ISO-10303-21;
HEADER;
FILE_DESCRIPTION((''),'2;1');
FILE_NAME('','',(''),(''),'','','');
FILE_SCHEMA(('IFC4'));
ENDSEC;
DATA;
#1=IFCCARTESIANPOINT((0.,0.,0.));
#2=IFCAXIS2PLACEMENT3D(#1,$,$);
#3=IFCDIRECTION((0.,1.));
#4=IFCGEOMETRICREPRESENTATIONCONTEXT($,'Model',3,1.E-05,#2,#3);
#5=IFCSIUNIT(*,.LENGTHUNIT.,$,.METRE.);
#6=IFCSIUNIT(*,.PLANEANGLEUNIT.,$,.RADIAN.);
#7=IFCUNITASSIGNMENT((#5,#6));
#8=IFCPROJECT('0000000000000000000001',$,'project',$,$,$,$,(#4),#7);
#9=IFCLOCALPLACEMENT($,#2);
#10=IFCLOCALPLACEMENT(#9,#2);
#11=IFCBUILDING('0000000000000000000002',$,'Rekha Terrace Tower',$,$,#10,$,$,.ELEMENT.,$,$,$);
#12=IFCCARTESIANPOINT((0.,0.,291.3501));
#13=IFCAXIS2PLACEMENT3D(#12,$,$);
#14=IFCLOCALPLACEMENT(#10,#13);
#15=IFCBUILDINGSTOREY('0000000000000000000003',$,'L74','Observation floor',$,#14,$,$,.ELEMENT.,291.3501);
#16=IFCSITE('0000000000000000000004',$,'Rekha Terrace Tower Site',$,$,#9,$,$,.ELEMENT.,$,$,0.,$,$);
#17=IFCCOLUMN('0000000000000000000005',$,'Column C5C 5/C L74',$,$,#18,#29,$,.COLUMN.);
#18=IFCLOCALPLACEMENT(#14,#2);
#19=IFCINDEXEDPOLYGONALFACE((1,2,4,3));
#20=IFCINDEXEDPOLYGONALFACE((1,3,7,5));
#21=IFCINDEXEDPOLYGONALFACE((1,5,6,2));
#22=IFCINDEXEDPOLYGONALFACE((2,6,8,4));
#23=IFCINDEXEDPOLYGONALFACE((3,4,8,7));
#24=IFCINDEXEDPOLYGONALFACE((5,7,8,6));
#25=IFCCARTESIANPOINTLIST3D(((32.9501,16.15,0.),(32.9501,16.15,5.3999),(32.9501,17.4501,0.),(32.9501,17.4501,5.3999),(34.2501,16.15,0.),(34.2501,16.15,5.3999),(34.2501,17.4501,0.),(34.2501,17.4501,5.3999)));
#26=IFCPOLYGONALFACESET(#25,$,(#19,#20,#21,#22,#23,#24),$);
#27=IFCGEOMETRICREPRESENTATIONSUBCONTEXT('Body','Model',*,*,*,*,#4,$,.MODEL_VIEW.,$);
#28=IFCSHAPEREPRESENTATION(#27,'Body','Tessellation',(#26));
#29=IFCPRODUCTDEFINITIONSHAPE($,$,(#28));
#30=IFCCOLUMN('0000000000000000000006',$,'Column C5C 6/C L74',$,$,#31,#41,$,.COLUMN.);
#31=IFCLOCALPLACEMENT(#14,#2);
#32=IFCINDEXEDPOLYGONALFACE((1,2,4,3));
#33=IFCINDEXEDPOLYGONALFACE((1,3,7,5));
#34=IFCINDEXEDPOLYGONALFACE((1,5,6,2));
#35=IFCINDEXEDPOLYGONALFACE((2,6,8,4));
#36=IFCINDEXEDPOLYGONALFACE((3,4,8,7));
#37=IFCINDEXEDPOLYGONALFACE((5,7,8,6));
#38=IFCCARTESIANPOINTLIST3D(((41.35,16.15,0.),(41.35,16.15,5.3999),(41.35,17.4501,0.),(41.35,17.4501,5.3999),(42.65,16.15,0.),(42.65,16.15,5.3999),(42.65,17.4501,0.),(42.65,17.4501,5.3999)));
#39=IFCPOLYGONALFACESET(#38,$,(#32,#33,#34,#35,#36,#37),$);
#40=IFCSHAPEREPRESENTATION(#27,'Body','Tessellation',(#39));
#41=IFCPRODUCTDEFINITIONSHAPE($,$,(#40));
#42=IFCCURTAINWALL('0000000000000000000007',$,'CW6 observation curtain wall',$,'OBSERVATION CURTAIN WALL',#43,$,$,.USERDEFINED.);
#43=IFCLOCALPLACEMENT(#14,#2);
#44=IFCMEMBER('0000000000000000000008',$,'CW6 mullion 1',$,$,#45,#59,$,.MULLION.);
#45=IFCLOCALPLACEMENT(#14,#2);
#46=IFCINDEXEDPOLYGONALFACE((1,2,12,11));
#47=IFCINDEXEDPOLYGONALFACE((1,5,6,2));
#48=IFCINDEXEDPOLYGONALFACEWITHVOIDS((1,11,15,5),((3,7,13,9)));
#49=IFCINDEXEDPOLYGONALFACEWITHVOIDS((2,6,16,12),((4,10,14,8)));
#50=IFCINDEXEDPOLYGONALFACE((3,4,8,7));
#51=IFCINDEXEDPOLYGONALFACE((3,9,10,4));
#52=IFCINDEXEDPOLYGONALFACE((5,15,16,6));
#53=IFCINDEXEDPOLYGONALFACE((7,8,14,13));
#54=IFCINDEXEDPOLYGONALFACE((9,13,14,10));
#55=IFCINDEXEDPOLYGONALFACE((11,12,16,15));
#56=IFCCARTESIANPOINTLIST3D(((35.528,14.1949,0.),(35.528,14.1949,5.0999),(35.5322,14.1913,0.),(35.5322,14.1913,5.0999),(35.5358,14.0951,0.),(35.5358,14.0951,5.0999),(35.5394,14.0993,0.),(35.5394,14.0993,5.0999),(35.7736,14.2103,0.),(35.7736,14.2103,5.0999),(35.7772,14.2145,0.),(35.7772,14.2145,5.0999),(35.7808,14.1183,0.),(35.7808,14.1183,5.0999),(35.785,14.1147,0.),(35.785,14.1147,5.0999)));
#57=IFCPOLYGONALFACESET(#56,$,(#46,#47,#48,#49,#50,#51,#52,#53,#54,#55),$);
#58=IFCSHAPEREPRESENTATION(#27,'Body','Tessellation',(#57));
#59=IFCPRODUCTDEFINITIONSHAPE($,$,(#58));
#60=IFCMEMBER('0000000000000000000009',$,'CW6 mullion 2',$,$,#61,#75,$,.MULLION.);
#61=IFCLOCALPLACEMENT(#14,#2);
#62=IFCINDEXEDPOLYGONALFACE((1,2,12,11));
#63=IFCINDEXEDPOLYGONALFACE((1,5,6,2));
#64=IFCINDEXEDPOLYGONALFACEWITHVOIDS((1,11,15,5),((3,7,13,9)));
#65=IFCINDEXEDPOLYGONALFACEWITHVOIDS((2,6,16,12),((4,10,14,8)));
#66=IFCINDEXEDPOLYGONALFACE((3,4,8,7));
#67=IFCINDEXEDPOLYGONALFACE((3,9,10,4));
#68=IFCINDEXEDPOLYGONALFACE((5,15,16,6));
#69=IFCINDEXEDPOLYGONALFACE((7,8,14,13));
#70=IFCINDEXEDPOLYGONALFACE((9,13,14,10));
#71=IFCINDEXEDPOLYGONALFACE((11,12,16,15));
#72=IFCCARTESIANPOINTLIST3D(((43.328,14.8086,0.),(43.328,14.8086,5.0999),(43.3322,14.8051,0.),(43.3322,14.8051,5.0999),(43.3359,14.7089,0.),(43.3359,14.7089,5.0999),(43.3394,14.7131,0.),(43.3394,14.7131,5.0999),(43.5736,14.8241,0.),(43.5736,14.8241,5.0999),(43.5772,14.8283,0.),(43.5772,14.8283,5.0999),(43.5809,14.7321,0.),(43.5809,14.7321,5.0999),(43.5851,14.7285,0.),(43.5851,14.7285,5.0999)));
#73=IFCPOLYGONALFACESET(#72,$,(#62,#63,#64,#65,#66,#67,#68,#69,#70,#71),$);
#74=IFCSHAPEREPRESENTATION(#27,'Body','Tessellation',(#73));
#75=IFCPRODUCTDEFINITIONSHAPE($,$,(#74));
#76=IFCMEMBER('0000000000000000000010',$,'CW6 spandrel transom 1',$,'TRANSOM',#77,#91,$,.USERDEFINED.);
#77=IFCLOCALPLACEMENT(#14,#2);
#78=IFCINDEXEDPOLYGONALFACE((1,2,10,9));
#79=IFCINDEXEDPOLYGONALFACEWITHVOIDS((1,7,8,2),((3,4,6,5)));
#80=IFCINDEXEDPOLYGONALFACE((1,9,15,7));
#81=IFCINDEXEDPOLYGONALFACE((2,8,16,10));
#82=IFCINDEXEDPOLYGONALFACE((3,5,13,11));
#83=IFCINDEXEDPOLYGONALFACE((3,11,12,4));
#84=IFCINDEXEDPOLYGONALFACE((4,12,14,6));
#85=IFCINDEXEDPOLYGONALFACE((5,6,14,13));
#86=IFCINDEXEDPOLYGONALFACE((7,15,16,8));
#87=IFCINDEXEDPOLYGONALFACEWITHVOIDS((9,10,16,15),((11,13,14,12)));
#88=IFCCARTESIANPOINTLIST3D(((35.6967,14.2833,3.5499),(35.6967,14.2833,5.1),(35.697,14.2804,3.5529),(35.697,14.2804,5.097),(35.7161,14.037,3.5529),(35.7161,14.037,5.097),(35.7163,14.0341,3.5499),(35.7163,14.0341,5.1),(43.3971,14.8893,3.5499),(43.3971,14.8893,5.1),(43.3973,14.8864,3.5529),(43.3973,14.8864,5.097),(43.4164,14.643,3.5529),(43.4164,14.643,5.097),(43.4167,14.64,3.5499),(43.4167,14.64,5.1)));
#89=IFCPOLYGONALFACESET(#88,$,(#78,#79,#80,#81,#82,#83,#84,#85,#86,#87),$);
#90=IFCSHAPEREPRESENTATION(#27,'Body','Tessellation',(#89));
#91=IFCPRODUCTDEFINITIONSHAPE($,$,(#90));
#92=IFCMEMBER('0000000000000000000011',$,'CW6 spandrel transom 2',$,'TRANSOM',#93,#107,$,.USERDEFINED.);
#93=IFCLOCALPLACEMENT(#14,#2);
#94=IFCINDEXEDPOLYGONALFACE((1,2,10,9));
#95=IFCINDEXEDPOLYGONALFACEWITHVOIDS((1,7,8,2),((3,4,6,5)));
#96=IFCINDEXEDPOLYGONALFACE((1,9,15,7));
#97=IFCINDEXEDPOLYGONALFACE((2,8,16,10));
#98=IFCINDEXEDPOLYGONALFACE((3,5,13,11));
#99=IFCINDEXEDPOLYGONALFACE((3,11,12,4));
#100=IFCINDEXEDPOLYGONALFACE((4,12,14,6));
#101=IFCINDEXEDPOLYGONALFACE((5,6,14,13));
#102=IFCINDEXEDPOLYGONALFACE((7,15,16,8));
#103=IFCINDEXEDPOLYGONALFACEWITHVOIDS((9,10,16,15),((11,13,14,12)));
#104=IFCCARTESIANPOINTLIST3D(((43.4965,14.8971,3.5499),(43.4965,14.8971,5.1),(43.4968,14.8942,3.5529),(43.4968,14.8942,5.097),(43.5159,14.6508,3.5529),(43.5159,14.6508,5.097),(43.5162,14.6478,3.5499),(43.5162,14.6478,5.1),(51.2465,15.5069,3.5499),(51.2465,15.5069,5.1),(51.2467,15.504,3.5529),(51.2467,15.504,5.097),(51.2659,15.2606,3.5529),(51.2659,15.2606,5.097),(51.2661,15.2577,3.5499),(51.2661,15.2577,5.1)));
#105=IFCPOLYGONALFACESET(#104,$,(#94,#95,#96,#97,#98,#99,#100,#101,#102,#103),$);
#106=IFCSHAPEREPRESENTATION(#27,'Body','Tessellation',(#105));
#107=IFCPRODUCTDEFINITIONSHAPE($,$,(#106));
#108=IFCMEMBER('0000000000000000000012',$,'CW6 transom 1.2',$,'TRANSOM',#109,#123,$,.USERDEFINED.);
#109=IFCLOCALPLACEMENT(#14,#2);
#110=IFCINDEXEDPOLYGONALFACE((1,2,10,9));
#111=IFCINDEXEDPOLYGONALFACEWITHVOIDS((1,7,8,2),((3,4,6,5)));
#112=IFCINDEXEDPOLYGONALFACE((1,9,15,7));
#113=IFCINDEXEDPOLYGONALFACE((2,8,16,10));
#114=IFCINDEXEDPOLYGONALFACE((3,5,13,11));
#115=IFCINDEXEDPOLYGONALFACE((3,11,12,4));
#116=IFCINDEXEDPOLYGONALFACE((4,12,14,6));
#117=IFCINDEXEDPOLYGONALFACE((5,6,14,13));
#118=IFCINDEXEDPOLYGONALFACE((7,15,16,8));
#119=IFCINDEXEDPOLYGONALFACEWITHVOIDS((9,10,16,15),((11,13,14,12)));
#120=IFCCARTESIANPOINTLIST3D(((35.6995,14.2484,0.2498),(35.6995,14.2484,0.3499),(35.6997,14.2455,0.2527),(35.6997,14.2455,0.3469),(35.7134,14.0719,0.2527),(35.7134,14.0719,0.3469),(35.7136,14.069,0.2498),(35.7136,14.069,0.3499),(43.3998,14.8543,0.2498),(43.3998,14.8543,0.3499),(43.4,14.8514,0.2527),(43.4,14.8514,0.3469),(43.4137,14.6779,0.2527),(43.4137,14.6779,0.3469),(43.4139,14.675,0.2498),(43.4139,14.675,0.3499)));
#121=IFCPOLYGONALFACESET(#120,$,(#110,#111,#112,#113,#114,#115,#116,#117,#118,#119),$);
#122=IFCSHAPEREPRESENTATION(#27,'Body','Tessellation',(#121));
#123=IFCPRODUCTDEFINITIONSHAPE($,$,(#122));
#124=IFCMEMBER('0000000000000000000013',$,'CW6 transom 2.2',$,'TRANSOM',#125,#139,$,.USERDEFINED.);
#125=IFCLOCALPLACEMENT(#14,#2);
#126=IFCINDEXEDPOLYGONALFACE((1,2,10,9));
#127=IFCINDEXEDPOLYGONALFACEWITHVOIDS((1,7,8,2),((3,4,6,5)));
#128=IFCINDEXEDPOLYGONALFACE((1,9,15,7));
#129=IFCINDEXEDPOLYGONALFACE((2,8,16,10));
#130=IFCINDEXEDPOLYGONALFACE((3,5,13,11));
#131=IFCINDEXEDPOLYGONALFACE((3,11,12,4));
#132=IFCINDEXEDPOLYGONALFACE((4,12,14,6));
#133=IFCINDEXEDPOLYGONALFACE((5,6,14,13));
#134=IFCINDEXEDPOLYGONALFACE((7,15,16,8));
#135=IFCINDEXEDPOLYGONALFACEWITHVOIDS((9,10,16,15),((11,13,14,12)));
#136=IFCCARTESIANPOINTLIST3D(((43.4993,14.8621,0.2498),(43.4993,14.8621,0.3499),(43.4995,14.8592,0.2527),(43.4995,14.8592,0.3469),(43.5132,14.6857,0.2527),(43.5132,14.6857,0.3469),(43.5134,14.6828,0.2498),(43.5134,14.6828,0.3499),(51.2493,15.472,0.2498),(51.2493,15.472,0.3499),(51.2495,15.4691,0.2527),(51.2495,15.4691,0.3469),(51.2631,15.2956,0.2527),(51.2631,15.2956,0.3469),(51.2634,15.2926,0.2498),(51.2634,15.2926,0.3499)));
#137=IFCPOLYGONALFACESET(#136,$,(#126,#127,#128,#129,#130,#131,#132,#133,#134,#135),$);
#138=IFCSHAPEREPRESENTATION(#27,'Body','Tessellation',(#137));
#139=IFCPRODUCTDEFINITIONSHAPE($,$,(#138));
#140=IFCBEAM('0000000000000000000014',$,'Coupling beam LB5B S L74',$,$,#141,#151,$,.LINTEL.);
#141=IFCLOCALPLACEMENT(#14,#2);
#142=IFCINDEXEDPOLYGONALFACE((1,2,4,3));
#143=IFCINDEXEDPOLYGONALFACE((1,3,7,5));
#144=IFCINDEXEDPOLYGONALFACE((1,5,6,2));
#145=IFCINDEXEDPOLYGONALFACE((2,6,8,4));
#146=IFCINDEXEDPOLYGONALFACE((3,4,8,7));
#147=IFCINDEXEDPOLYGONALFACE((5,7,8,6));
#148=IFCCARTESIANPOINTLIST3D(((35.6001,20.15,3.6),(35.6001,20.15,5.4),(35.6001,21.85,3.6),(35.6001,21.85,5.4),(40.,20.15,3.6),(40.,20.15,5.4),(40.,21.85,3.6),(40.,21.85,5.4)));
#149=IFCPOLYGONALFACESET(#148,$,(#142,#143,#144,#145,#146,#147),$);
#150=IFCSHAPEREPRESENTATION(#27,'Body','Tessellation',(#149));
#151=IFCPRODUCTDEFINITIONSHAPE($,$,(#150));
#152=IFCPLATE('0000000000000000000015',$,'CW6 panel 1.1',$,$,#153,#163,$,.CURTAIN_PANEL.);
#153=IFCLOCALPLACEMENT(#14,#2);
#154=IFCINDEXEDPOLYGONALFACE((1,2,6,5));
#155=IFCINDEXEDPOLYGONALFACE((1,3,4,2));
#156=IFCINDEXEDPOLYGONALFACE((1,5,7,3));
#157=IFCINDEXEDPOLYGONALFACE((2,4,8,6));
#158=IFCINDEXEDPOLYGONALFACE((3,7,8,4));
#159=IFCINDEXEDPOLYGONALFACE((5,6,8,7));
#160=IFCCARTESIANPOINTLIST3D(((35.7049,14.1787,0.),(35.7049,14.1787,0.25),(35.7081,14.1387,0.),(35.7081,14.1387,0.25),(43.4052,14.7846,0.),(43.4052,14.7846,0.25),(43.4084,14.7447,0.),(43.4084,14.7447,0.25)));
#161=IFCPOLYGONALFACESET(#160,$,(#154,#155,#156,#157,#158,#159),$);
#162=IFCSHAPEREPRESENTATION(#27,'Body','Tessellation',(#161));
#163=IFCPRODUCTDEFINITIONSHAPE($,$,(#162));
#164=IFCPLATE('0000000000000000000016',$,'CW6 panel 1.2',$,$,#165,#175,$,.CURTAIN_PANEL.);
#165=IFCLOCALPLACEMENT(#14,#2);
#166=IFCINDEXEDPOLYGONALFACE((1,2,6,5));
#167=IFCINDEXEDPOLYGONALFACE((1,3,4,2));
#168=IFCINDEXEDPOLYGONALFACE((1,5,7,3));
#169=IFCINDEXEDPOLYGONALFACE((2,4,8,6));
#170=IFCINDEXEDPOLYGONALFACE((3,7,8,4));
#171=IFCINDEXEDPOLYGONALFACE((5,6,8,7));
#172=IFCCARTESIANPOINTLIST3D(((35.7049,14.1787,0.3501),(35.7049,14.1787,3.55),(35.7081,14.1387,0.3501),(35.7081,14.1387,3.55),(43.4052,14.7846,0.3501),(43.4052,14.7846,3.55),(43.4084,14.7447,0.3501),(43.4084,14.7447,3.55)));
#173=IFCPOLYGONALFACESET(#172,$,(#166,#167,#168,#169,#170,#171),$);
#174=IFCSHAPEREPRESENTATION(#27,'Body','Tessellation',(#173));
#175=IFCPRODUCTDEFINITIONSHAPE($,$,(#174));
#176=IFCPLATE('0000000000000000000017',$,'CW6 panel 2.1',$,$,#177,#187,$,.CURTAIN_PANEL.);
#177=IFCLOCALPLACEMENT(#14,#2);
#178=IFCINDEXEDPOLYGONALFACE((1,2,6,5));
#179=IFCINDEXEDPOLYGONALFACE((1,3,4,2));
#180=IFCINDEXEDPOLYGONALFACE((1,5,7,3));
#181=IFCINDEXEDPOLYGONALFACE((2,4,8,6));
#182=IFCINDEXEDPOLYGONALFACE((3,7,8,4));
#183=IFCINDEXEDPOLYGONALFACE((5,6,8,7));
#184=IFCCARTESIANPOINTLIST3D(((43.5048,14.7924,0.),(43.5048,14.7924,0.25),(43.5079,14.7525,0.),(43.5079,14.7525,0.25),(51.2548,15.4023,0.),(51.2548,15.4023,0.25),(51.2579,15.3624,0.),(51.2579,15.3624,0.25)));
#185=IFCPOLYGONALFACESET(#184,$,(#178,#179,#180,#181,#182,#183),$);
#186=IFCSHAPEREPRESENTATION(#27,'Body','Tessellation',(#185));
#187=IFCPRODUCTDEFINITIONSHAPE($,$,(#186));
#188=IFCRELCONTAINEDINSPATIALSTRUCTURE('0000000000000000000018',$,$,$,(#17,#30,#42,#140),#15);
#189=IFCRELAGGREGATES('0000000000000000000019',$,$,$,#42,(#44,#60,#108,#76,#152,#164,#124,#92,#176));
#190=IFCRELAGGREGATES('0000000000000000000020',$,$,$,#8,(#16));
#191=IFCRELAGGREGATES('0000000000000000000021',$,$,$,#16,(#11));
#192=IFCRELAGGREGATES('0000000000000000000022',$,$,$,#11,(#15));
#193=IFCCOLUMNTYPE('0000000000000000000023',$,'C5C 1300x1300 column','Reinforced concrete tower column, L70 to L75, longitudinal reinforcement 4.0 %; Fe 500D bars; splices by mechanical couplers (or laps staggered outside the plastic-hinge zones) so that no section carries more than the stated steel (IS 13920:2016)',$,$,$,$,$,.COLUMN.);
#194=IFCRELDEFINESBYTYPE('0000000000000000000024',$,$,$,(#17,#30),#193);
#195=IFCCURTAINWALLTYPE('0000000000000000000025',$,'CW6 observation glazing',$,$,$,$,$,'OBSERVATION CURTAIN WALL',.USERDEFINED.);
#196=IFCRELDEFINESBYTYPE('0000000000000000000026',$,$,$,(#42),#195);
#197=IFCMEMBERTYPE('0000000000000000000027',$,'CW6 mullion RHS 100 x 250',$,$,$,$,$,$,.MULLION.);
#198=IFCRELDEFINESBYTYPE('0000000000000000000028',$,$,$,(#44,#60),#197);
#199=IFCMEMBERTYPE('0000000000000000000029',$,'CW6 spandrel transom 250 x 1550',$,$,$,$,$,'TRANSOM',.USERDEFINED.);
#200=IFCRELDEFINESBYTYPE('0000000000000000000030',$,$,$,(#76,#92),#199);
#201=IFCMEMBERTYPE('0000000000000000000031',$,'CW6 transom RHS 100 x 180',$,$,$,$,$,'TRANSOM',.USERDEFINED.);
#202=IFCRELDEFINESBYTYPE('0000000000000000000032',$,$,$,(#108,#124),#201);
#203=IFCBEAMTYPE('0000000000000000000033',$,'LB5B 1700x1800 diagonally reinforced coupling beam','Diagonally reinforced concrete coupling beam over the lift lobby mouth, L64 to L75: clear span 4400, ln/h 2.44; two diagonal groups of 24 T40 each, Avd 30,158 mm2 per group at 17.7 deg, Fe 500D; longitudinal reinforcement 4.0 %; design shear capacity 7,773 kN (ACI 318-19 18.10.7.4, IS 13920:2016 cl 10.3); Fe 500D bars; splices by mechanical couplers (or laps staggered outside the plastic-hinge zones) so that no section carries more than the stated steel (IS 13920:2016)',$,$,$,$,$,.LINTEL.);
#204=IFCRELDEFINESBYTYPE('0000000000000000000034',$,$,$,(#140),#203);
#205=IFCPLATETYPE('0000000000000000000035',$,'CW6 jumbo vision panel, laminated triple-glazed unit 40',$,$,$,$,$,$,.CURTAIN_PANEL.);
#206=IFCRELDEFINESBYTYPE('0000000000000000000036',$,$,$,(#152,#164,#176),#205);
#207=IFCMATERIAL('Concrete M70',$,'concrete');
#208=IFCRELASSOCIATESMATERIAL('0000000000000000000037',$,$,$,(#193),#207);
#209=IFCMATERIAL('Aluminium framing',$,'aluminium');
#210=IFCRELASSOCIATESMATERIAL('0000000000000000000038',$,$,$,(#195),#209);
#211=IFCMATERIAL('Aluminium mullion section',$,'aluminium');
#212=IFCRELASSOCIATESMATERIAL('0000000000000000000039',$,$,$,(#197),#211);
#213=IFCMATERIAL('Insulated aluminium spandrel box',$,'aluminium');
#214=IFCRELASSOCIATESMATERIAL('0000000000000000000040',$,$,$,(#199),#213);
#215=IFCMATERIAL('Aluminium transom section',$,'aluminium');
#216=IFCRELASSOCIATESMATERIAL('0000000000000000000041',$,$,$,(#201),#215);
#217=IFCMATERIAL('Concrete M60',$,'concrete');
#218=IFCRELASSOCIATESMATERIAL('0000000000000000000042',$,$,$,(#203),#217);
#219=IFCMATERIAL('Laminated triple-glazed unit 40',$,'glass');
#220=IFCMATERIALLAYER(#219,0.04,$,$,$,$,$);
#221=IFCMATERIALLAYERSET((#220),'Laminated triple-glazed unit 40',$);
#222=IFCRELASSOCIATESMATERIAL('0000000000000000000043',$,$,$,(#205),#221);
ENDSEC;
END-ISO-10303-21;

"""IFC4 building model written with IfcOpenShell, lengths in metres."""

from ifc_helpers import new_model, si_unit, direction, frame, origin, origin_2d, place, context, subcontext, project, spatial, rectangle, hollow_rectangle, extrude, material, layer, layer_set, material_profile, profile_set, type_object, element, aggregate, save


model = new_model("IFC4")

# Units and contexts
model_context = context("Model", 3, precision=1e-05, world=origin(), true_north=direction((0.0, 1.0)))
body_context = subcontext(model_context, "Body", "Model", "MODEL_VIEW")
ifc_project = project(units=[si_unit("LENGTHUNIT", "METRE"), si_unit("PLANEANGLEUNIT", "RADIAN")], contexts=[model_context])

# Site, building, storey
site_placement = place(None, origin())
site = spatial("IfcSite", under=ifc_project, at=site_placement, Name="Rekha Terrace Tower Site", CompositionType="ELEMENT", RefElevation=0.0)
building_placement = place(site_placement, origin())
building = spatial("IfcBuilding", under=site, at=building_placement, Name="Rekha Terrace Tower", CompositionType="ELEMENT")
storey_placement = place(building_placement, frame((0.0, 0.0, 291.3501)))
storey = spatial("IfcBuildingStorey", under=building, at=storey_placement, Name="L74", Description="Observation floor", CompositionType="ELEMENT", Elevation=291.3501)

# Columns
ifc_material_1 = material(Name="Concrete M70", Category="concrete")
ifc_material_profile_1 = material_profile(ifc_material_1, rectangle(XDim=1.3, YDim=1.3, at=origin_2d()), Name="RC 1300x1300")
ifc_profile_set_1 = profile_set([ifc_material_profile_1], Name="Concrete M70")
column_type = type_object("IfcColumnType", Name="C5C 1300x1300 column", Description="Reinforced concrete tower column, L70 to L75, longitudinal reinforcement 4.0 %; Fe 500D bars; splices by mechanical couplers (or laps staggered outside the plastic-hinge zones) so that no section carries more than the stated steel (IS 13920:2016)", PredefinedType="COLUMN", material=ifc_profile_set_1)
for number, where, z_axis, x_axis, name in (
    (1, (33.6001, 16.8, 0.0), (0.0, 0.0, 1.0), (1.0, 0.0, 0.0), "Column C5C 5/C L74"),
    (2, (42.0, 16.8, 0.0), (0.0, 0.0, 1.0), (1.0, 0.0, 0.0), "Column C5C 6/C L74"),
):
    element("IfcColumn", number, at=place(storey_placement, frame(where, z_axis=z_axis, x_axis=x_axis)), inside=storey, type_object=column_type, Name=name, PredefinedType="COLUMN", context=body_context, shape_type="SweptSolid", body=[
        extrude(rectangle(XDim=1.3, YDim=1.3, at=origin_2d()), origin(), (0.0, 0.0, 1.0), 5.3999),
    ])

# Curtain wall, members
ifc_material_2 = material(Name="Aluminium framing", Category="aluminium")
curtain_wall_type = type_object("IfcCurtainWallType", Name="CW6 observation glazing", ElementType="OBSERVATION CURTAIN WALL", PredefinedType="USERDEFINED", material=ifc_material_2)
curtain_wall_placement = place(storey_placement, origin())
curtain_wall = element("IfcCurtainWall", 3, at=curtain_wall_placement, inside=storey, type_object=curtain_wall_type, Name="CW6 observation curtain wall", ObjectType="OBSERVATION CURTAIN WALL", PredefinedType="USERDEFINED")
ifc_material_3 = material(Name="Aluminium mullion section", Category="aluminium")
ifc_material_profile_2 = material_profile(ifc_material_3, hollow_rectangle(XDim=0.1001, YDim=0.25, WallThickness=0.0039, at=origin_2d()), Name="AL RHS 100x250")
ifc_profile_set_2 = profile_set([ifc_material_profile_2], Name="Aluminium mullion section")
member_type_1 = type_object("IfcMemberType", Name="CW6 mullion RHS 100 x 250", PredefinedType="MULLION", material=ifc_profile_set_2)
member_1_placement = place(storey_placement, frame((35.6565, 14.1548, 0.0), z_axis=(0.0, 0.0, 1.0), x_axis=(-0.078449, 0.996918, 0.0)))
member_1 = element("IfcMember", 4, at=member_1_placement, type_object=member_type_1, Name="CW6 mullion 1", PredefinedType="MULLION", context=body_context, shape_type="SweptSolid", body=[
    extrude(hollow_rectangle(XDim=0.1001, YDim=0.25, WallThickness=0.0039, at=origin_2d()), origin(), (0.0, 0.0, 1.0), 5.0999),
])
member_2_placement = place(storey_placement, frame((43.4565, 14.7686, 0.0), z_axis=(0.0, 0.0, 1.0), x_axis=(-0.078449, 0.996918, 0.0)))
member_2 = element("IfcMember", 5, at=member_2_placement, type_object=member_type_1, Name="CW6 mullion 2", PredefinedType="MULLION", context=body_context, shape_type="SweptSolid", body=[
    extrude(hollow_rectangle(XDim=0.1001, YDim=0.25, WallThickness=0.0039, at=origin_2d()), origin(), (0.0, 0.0, 1.0), 5.0999),
])
ifc_material_4 = material(Name="Insulated aluminium spandrel box", Category="aluminium")
ifc_material_profile_3 = material_profile(ifc_material_4, hollow_rectangle(XDim=0.25, YDim=1.55, WallThickness=0.0029, at=origin_2d()), Name="AL SPANDREL BOX 250x1550")
ifc_profile_set_3 = profile_set([ifc_material_profile_3], Name="Insulated aluminium spandrel box")
member_type_2 = type_object("IfcMemberType", Name="CW6 spandrel transom 250 x 1550", ElementType="TRANSOM", PredefinedType="USERDEFINED", material=ifc_profile_set_3)
member_3_placement = place(storey_placement, frame((35.7065, 14.1587, 4.325), z_axis=(0.996918, 0.078451, 0.0), x_axis=(-0.078451, 0.996918, 0.0)))
member_3 = element("IfcMember", 6, at=member_3_placement, type_object=member_type_2, Name="CW6 spandrel transom 1", ObjectType="TRANSOM", PredefinedType="USERDEFINED", context=body_context, shape_type="SweptSolid", body=[
    extrude(hollow_rectangle(XDim=0.25, YDim=1.55, WallThickness=0.0029, at=origin_2d()), origin(), (0.0, 0.0, 1.0), 7.7241),
])
member_4_placement = place(storey_placement, frame((43.5063, 14.7725, 4.325), z_axis=(0.996918, 0.07845, 0.0), x_axis=(-0.07845, 0.996918, 0.0)))
member_4 = element("IfcMember", 7, at=member_4_placement, type_object=member_type_2, Name="CW6 spandrel transom 2", ObjectType="TRANSOM", PredefinedType="USERDEFINED", context=body_context, shape_type="SweptSolid", body=[
    extrude(hollow_rectangle(XDim=0.25, YDim=1.55, WallThickness=0.0029, at=origin_2d()), origin(), (0.0, 0.0, 1.0), 7.7739),
])
ifc_material_5 = material(Name="Aluminium transom section", Category="aluminium")
ifc_material_profile_4 = material_profile(ifc_material_5, hollow_rectangle(XDim=0.1799, YDim=0.1001, WallThickness=0.0029, at=origin_2d()), Name="AL RHS 180x100")
ifc_profile_set_4 = profile_set([ifc_material_profile_4], Name="Aluminium transom section")
member_type_3 = type_object("IfcMemberType", Name="CW6 transom RHS 100 x 180", ElementType="TRANSOM", PredefinedType="USERDEFINED", material=ifc_profile_set_4)
member_5_placement = place(storey_placement, frame((35.7065, 14.1587, 0.2998), z_axis=(0.996918, 0.078451, 0.0), x_axis=(-0.078451, 0.996918, 0.0)))
member_5 = element("IfcMember", 8, at=member_5_placement, type_object=member_type_3, Name="CW6 transom 1.2", ObjectType="TRANSOM", PredefinedType="USERDEFINED", context=body_context, shape_type="SweptSolid", body=[
    extrude(hollow_rectangle(XDim=0.1799, YDim=0.1001, WallThickness=0.0029, at=origin_2d()), origin(), (0.0, 0.0, 1.0), 7.7241),
])
member_6_placement = place(storey_placement, frame((43.5063, 14.7725, 0.2998), z_axis=(0.996918, 0.07845, 0.0), x_axis=(-0.07845, 0.996918, 0.0)))
member_6 = element("IfcMember", 9, at=member_6_placement, type_object=member_type_3, Name="CW6 transom 2.2", ObjectType="TRANSOM", PredefinedType="USERDEFINED", context=body_context, shape_type="SweptSolid", body=[
    extrude(hollow_rectangle(XDim=0.1799, YDim=0.1001, WallThickness=0.0029, at=origin_2d()), origin(), (0.0, 0.0, 1.0), 7.7739),
])

# Beam
ifc_material_6 = material(Name="Concrete M60", Category="concrete")
ifc_material_profile_5 = material_profile(ifc_material_6, rectangle(XDim=1.7, YDim=1.8, at=origin_2d()), Name="RC 1700x1800")
ifc_profile_set_5 = profile_set([ifc_material_profile_5], Name="Concrete M60")
beam_type = type_object("IfcBeamType", Name="LB5B 1700x1800 diagonally reinforced coupling beam", Description="Diagonally reinforced concrete coupling beam over the lift lobby mouth, L64 to L75: clear span 4400, ln/h 2.44; two diagonal groups of 24 T40 each, Avd 30,158 mm2 per group at 17.7 deg, Fe 500D; longitudinal reinforcement 4.0 %; design shear capacity 7,773 kN (ACI 318-19 18.10.7.4, IS 13920:2016 cl 10.3); Fe 500D bars; splices by mechanical couplers (or laps staggered outside the plastic-hinge zones) so that no section carries more than the stated steel (IS 13920:2016)", PredefinedType="LINTEL", material=ifc_profile_set_5)
beam_placement = place(storey_placement, frame((35.6001, 21.0, 4.5), z_axis=(1.0, 0.0, 0.0), x_axis=(0.0, 1.0, 0.0)))
element("IfcBeam", 10, at=beam_placement, inside=storey, type_object=beam_type, Name="Coupling beam LB5B S L74", PredefinedType="LINTEL", context=body_context, shape_type="SweptSolid", body=[
    extrude(rectangle(XDim=1.7, YDim=1.8, at=origin_2d()), origin(), (0.0, 0.0, 1.0), 4.3999),
])

# Plates
ifc_material_7 = material(Name="Laminated triple-glazed unit 40", Category="glass")
ifc_layer_1 = layer(ifc_material_7, 0.04)
ifc_layer_set_1 = layer_set([ifc_layer_1], Name="Laminated triple-glazed unit 40")
plate_type = type_object("IfcPlateType", Name="CW6 jumbo vision panel, laminated triple-glazed unit 40", PredefinedType="CURTAIN_PANEL", material=ifc_layer_set_1)
plate_1_placement = place(storey_placement, frame((39.5566, 14.4617, 0.0), z_axis=(0.0, 0.0, 1.0), x_axis=(0.996918, 0.078449, 0.0)))
plate_1 = element("IfcPlate", 11, at=plate_1_placement, type_object=plate_type, Name="CW6 panel 1.1", PredefinedType="CURTAIN_PANEL", context=body_context, shape_type="SweptSolid", body=[
    extrude(rectangle(XDim=7.7241, YDim=0.04, at=origin_2d()), origin(), (0.0, 0.0, 1.0), 0.25),
])
plate_2_placement = place(storey_placement, frame((39.5566, 14.4617, 0.3501), z_axis=(0.0, 0.0, 1.0), x_axis=(0.996918, 0.078449, 0.0)))
plate_2 = element("IfcPlate", 12, at=plate_2_placement, type_object=plate_type, Name="CW6 panel 1.2", PredefinedType="CURTAIN_PANEL", context=body_context, shape_type="SweptSolid", body=[
    extrude(rectangle(XDim=7.7241, YDim=0.04, at=origin_2d()), origin(), (0.0, 0.0, 1.0), 3.2),
])
plate_3_placement = place(storey_placement, frame((47.3813, 15.0774, 0.0), z_axis=(0.0, 0.0, 1.0), x_axis=(0.996918, 0.078449, 0.0)))
plate_3 = element("IfcPlate", 13, at=plate_3_placement, type_object=plate_type, Name="CW6 panel 2.1", PredefinedType="CURTAIN_PANEL", context=body_context, shape_type="SweptSolid", body=[
    extrude(rectangle(XDim=7.7739, YDim=0.04, at=origin_2d()), origin(), (0.0, 0.0, 1.0), 0.25),
])
aggregate(curtain_wall, [member_1, member_2, member_5, member_3, plate_1, plate_2, member_6, member_4, plate_3])

save(model, "model.ifc")
